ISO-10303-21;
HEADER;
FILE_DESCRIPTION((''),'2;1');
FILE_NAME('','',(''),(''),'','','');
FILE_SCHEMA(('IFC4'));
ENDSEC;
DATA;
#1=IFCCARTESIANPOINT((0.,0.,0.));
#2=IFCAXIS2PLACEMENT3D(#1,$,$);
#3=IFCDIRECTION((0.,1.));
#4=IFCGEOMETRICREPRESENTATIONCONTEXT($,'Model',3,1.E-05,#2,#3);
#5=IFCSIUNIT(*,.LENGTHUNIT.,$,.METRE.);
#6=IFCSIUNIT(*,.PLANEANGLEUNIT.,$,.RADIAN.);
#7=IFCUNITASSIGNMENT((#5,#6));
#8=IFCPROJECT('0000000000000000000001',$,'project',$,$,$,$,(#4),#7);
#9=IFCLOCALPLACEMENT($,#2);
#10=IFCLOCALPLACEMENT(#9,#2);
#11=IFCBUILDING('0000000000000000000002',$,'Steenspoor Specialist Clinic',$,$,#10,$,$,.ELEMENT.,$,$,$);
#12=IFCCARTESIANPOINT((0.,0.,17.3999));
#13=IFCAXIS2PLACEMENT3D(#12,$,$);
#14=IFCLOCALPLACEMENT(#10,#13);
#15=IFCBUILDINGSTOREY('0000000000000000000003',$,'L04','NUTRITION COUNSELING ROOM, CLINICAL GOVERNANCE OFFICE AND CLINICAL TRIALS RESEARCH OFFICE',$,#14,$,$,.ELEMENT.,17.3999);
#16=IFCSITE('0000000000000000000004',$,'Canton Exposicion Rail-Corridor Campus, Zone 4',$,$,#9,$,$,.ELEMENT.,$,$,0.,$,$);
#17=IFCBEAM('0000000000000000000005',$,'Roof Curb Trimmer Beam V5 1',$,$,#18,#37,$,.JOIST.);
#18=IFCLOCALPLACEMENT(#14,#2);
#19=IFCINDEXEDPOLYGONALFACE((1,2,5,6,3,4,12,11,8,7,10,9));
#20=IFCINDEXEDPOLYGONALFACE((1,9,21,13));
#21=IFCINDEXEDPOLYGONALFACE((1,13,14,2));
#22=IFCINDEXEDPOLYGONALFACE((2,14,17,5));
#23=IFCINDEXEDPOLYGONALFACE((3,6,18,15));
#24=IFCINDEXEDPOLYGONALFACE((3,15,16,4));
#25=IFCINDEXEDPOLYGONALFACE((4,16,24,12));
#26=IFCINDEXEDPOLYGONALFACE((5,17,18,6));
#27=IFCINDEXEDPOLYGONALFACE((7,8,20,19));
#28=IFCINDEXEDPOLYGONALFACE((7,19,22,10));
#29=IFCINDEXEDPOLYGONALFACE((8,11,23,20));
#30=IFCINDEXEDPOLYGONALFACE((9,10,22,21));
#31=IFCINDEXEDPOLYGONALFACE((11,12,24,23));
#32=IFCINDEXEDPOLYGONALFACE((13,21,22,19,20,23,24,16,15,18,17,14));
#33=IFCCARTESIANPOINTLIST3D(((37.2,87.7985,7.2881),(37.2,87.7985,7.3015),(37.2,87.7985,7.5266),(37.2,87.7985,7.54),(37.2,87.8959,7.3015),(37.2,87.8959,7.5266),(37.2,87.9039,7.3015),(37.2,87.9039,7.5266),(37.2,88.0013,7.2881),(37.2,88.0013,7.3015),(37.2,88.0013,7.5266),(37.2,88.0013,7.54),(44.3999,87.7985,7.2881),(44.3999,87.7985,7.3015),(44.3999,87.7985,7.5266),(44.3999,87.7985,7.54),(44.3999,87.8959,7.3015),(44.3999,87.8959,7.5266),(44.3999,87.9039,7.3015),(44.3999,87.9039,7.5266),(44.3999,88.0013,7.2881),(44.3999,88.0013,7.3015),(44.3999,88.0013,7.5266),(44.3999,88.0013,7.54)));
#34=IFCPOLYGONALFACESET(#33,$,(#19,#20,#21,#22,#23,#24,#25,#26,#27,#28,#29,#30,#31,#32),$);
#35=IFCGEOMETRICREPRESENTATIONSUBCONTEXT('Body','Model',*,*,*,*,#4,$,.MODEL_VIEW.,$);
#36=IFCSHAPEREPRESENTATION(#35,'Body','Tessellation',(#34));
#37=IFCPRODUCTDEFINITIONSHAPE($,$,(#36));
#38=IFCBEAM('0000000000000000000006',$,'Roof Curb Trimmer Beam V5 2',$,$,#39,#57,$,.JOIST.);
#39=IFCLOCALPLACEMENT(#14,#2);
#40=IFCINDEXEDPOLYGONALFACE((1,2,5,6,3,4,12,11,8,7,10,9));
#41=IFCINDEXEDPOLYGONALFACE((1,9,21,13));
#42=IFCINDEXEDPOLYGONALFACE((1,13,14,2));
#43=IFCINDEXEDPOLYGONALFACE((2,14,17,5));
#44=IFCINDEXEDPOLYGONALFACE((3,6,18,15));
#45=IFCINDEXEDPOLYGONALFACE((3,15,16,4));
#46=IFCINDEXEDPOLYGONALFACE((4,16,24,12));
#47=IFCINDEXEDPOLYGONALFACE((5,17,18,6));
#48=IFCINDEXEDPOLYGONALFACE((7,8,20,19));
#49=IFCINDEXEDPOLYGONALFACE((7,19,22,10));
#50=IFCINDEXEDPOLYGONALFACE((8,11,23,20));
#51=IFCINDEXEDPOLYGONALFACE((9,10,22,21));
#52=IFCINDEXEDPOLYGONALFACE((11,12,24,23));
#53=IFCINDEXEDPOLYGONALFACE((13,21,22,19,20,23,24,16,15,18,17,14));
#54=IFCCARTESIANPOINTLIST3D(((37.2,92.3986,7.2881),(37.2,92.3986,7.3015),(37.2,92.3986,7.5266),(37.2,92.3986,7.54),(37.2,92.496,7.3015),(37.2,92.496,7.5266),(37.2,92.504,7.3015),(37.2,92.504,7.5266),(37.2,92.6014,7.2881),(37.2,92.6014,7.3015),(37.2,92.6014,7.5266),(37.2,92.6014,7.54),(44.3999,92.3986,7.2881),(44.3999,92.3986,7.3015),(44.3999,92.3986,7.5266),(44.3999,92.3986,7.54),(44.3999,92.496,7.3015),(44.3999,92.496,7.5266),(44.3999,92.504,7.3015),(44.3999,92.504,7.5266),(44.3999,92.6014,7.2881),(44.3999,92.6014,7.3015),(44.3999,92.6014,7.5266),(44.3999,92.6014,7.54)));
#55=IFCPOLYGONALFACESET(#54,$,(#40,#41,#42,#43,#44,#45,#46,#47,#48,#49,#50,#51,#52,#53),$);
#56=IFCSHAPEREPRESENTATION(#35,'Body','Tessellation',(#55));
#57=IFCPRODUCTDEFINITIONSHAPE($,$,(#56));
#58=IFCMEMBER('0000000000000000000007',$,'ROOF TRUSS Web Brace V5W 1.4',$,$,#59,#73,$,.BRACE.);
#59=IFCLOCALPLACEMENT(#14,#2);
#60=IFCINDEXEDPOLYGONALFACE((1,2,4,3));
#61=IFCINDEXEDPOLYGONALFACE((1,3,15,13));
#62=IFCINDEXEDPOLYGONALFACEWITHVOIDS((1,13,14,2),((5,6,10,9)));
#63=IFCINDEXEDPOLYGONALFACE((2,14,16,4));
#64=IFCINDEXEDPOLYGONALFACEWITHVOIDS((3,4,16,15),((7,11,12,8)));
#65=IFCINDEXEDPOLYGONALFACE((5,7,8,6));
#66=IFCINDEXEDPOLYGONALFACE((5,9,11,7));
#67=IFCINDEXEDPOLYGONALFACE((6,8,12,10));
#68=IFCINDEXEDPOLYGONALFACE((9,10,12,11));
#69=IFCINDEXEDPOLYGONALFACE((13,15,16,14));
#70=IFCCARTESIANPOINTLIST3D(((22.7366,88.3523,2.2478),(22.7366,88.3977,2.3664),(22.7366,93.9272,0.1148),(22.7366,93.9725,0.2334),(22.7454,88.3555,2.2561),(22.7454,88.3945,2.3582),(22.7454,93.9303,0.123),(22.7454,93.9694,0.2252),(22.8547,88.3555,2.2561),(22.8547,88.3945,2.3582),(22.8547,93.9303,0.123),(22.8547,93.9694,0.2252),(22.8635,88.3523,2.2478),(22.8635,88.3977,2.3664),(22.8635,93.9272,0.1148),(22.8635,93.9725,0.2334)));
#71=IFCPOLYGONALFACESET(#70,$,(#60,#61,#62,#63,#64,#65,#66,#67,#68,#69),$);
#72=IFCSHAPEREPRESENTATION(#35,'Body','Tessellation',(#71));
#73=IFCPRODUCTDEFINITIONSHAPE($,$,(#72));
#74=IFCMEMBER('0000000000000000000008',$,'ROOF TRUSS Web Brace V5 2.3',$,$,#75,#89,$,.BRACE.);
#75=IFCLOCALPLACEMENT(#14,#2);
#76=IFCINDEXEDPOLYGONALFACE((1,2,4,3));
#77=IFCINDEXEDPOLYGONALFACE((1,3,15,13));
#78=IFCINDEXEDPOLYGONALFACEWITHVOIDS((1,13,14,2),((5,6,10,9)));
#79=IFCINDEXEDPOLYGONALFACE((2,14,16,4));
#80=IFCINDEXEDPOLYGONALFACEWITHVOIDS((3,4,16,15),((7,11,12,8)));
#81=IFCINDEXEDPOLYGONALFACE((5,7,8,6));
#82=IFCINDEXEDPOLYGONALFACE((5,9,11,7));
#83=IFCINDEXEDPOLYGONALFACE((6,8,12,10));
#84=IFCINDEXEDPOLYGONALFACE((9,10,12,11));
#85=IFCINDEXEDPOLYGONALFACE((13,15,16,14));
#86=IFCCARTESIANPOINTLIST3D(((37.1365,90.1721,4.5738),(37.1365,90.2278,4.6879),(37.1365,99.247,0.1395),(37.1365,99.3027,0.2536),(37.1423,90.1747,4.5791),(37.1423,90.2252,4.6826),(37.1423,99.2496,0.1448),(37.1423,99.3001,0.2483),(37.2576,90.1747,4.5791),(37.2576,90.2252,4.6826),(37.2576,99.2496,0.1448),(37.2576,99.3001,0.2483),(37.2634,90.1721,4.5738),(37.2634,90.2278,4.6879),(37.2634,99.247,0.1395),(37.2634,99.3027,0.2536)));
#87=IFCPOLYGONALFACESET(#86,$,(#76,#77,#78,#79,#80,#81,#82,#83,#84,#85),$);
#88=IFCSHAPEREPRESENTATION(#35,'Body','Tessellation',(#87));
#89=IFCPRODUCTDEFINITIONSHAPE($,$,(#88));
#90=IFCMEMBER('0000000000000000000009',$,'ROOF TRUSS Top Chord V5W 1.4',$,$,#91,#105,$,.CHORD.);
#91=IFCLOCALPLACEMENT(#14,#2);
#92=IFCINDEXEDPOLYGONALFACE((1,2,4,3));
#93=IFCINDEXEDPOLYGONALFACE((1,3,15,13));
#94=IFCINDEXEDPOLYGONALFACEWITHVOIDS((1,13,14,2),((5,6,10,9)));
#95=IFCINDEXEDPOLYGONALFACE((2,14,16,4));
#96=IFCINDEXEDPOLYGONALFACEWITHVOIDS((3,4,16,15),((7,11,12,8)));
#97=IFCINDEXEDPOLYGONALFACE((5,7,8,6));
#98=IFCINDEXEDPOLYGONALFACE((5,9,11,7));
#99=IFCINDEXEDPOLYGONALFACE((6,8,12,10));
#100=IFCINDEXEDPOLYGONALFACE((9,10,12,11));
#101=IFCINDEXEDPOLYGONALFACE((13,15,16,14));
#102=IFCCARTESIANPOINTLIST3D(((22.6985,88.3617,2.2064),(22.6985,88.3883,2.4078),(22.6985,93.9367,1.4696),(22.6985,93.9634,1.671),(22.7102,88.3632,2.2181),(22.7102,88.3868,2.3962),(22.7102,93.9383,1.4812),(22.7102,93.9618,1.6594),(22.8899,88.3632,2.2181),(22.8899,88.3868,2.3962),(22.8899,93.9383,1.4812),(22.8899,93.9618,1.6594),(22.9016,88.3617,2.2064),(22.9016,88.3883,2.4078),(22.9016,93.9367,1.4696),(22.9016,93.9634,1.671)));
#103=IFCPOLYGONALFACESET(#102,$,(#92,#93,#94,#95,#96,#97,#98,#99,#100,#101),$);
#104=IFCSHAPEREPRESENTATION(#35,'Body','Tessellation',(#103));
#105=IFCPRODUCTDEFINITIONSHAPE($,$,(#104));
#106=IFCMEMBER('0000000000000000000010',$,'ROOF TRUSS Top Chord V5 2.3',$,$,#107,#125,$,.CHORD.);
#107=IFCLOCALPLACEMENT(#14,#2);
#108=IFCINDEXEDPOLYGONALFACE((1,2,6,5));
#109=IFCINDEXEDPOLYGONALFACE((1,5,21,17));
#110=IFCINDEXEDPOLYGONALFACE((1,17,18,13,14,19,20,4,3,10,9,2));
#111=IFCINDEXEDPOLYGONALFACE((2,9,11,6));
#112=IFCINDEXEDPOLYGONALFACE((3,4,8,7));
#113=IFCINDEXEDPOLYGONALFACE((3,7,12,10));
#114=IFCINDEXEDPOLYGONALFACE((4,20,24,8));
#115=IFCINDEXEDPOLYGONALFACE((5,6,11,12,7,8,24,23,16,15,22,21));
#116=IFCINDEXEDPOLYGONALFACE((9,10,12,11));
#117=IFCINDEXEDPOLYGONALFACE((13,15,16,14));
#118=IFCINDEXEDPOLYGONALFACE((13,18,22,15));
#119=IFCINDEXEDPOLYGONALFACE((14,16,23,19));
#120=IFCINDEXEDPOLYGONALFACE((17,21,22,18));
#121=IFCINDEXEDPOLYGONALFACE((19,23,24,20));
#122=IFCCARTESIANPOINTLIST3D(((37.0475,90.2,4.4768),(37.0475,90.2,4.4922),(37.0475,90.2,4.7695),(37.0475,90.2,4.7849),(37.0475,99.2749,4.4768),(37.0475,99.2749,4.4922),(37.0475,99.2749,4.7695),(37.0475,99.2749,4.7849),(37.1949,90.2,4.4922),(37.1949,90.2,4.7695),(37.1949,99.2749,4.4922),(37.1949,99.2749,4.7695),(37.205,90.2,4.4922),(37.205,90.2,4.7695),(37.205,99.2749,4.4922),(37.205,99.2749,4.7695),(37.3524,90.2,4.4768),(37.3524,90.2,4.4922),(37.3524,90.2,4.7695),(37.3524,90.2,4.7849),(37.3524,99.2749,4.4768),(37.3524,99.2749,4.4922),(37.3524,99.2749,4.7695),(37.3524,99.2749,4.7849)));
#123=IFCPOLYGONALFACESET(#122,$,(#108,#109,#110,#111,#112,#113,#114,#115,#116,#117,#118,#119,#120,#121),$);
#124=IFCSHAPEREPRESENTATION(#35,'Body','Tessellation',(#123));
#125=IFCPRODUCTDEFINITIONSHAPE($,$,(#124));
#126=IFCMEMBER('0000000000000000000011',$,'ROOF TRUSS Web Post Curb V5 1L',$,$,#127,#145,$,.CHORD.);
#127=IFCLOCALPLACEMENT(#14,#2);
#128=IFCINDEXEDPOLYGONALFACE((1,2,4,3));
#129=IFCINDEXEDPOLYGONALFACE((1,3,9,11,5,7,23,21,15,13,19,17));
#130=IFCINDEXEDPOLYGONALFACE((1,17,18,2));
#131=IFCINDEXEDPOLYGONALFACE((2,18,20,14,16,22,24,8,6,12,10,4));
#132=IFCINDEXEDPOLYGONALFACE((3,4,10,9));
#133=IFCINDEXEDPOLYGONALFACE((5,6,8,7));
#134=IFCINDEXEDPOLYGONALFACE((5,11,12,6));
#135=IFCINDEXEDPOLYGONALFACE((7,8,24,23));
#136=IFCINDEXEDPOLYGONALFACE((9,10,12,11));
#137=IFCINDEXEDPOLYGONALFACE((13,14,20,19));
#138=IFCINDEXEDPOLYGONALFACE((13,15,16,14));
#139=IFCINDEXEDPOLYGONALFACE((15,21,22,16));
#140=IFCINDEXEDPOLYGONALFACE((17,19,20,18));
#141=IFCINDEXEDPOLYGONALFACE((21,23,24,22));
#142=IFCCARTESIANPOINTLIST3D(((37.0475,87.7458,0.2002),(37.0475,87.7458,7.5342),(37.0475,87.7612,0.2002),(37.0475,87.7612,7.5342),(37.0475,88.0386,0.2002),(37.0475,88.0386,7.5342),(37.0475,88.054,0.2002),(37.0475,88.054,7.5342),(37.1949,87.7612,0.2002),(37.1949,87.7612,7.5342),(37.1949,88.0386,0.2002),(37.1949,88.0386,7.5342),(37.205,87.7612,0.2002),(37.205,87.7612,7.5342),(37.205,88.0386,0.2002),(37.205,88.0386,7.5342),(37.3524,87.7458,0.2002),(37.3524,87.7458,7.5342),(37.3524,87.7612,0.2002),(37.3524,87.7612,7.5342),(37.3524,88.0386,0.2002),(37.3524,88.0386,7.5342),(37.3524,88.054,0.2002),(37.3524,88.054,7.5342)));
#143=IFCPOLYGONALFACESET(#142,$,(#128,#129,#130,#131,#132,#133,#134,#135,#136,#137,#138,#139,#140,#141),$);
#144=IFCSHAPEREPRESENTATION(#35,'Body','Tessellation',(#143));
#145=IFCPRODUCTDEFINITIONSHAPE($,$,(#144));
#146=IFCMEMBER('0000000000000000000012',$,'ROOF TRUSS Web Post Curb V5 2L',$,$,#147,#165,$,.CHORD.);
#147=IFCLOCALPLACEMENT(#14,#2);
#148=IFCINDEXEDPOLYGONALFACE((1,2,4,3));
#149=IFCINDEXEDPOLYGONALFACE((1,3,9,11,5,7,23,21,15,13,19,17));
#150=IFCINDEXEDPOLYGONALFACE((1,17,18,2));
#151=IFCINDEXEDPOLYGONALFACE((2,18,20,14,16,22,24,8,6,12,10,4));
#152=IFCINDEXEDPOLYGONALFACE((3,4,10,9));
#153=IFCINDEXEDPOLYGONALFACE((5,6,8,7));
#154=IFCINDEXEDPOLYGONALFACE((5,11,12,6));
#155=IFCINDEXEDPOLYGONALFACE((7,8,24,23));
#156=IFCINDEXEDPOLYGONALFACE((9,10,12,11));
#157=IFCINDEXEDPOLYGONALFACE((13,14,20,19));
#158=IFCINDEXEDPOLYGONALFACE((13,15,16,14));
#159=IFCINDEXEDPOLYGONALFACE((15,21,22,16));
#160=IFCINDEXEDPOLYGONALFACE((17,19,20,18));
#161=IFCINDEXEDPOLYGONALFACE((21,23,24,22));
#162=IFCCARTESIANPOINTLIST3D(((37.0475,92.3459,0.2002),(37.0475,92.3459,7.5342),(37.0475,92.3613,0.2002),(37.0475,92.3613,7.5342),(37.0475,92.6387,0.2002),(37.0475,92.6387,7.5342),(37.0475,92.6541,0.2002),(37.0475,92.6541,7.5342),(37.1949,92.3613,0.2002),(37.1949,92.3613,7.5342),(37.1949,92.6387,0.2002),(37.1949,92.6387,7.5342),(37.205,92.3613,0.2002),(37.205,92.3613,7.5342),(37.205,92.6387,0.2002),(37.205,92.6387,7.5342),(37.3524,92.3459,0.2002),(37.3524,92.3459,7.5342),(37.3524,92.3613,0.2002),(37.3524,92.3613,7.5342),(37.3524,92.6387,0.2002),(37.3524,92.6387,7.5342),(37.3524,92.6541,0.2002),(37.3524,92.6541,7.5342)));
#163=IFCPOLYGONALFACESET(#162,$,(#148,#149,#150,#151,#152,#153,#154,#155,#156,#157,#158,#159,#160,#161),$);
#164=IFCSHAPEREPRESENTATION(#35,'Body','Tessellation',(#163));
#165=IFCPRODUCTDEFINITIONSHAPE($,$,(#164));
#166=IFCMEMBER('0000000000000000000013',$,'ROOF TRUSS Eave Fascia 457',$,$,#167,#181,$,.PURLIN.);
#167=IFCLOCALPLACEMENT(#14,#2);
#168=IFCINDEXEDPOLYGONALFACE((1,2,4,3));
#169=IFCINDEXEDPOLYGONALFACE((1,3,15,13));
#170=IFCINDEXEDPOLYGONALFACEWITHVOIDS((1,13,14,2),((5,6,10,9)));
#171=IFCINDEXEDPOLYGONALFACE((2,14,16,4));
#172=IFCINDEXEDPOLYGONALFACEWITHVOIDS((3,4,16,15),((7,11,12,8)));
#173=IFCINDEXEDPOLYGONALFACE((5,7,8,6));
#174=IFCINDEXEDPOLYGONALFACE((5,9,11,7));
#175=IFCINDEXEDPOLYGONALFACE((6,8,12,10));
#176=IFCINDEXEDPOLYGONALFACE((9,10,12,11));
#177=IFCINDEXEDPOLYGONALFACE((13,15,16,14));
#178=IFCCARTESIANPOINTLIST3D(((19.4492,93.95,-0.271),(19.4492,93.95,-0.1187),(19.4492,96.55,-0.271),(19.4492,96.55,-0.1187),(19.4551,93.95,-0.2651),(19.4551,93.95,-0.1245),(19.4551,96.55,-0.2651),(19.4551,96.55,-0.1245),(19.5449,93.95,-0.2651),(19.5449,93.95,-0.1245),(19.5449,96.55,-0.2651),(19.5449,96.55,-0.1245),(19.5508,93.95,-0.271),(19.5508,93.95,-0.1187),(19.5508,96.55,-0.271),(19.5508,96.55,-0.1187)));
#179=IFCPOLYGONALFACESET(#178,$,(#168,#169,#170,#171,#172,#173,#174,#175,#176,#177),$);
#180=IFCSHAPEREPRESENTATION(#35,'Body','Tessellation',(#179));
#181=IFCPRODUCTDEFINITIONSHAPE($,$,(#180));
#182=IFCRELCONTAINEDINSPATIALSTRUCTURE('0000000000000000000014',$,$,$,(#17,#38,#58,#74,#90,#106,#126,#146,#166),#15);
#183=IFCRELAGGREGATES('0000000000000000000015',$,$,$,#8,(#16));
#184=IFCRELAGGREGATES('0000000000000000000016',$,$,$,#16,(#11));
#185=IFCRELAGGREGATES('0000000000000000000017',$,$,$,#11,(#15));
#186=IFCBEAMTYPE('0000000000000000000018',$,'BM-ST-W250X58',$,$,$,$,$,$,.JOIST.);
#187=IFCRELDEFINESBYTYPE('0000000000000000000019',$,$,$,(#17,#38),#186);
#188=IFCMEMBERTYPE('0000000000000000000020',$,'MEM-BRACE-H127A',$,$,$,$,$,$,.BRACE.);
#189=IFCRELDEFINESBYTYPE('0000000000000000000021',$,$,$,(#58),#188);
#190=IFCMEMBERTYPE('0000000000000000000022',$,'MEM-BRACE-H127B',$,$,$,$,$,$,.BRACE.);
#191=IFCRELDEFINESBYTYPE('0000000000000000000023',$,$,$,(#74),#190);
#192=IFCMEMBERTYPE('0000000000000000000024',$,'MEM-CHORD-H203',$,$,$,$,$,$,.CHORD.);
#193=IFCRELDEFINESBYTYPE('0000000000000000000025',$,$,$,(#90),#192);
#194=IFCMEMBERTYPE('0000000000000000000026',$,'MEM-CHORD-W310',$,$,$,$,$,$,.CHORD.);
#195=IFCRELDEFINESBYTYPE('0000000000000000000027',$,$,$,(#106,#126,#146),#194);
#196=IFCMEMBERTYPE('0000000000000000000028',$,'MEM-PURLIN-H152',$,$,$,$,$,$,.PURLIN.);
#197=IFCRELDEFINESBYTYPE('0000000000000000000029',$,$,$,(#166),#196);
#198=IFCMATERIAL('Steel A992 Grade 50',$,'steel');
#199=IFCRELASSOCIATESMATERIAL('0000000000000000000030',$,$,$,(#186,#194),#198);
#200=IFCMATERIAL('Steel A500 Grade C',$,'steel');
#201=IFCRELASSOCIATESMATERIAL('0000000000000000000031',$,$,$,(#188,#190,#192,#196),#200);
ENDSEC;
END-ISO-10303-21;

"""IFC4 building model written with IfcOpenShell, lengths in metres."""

from ifc_helpers import new_model, si_unit, direction, frame, origin, origin_2d, place, context, subcontext, project, spatial, hollow_rectangle, i_section, extrude, material, material_profile, profile_set, type_object, element, save


model = new_model("IFC4")

# Units and contexts
model_context = context("Model", 3, precision=1e-05, world=origin(), true_north=direction((0.0, 1.0)))
body_context = subcontext(model_context, "Body", "Model", "MODEL_VIEW")
ifc_project = project(units=[si_unit("LENGTHUNIT", "METRE"), si_unit("PLANEANGLEUNIT", "RADIAN")], contexts=[model_context])

# Site, building, storey
site_placement = place(None, origin())
site = spatial("IfcSite", under=ifc_project, at=site_placement, Name="Canton Exposicion Rail-Corridor Campus, Zone 4", CompositionType="ELEMENT", RefElevation=0.0)
building_placement = place(site_placement, origin())
building = spatial("IfcBuilding", under=site, at=building_placement, Name="Steenspoor Specialist Clinic", CompositionType="ELEMENT")
storey_placement = place(building_placement, frame((0.0, 0.0, 17.3999)))
storey = spatial("IfcBuildingStorey", under=building, at=storey_placement, Name="L04", Description="NUTRITION COUNSELING ROOM, CLINICAL GOVERNANCE OFFICE AND CLINICAL TRIALS RESEARCH OFFICE", CompositionType="ELEMENT", Elevation=17.3999)

# Beams
ifc_material_1 = material(Name="Steel A992 Grade 50", Category="steel")
ifc_material_profile_1 = material_profile(ifc_material_1, i_section(OverallWidth=0.2029, OverallDepth=0.252, WebThickness=0.0081, FlangeThickness=0.0134, at=origin_2d()), Name="W250X58")
ifc_profile_set_1 = profile_set([ifc_material_profile_1], Name="Steel A992 Grade 50")
beam_type = type_object("IfcBeamType", Name="BM-ST-W250X58", PredefinedType="JOIST", material=ifc_profile_set_1)
for number, where, z_axis, x_axis, name in (
    (1, (37.2, 87.8999, 7.4141), (1.0, 0.0, 0.0), (0.0, 1.0, 0.0), "Roof Curb Trimmer Beam V5 1"),
    (2, (37.2, 92.5, 7.4141), (1.0, 0.0, 0.0), (0.0, 1.0, 0.0), "Roof Curb Trimmer Beam V5 2"),
):
    element("IfcBeam", number, at=place(storey_placement, frame(where, z_axis=z_axis, x_axis=x_axis)), inside=storey, type_object=beam_type, Name=name, PredefinedType="JOIST", context=body_context, shape_type="SweptSolid", body=[
        extrude(i_section(OverallWidth=0.2029, OverallDepth=0.252, WebThickness=0.0081, FlangeThickness=0.0134, at=origin_2d()), origin(), (0.0, 0.0, 1.0), 7.2),
    ])

# Members
ifc_material_2 = material(Name="Steel A500 Grade C", Category="steel")
ifc_material_profile_2 = material_profile(ifc_material_2, hollow_rectangle(XDim=0.127, YDim=0.127, WallThickness=0.0088, at=origin_2d()), Name="HSS127X127X9.5")
ifc_profile_set_2 = profile_set([ifc_material_profile_2], Name="Steel A500 Grade C")
member_type_1 = type_object("IfcMemberType", Name="MEM-BRACE-H127A", PredefinedType="BRACE", material=ifc_profile_set_2)
member_1_placement = place(storey_placement, frame((22.8, 88.375, 2.3071), z_axis=(0.0, 0.93397, -0.357351), x_axis=(-1.0, 0.0, 0.0)))
element("IfcMember", 3, at=member_1_placement, inside=storey, type_object=member_type_1, Name="ROOF TRUSS Web Brace V5W 1.4", PredefinedType="BRACE", context=body_context, shape_type="SweptSolid", body=[
    extrude(hollow_rectangle(XDim=0.127, YDim=0.127, WallThickness=0.0088, at=origin_2d()), origin(), (0.0, 0.0, 1.0), 5.969),
])
ifc_material_profile_3 = material_profile(ifc_material_2, hollow_rectangle(XDim=0.127, YDim=0.127, WallThickness=0.0059, at=origin_2d()), Name="HSS127X127X6.4")
ifc_profile_set_3 = profile_set([ifc_material_profile_3], Name="Steel A500 Grade C")
member_type_2 = type_object("IfcMemberType", Name="MEM-BRACE-H127B", PredefinedType="BRACE", material=ifc_profile_set_3)
member_2_placement = place(storey_placement, frame((37.2, 90.2, 4.6309), z_axis=(0.0, 0.898475, -0.439025), x_axis=(-1.0, 0.0, 0.0)))
element("IfcMember", 4, at=member_2_placement, inside=storey, type_object=member_type_2, Name="ROOF TRUSS Web Brace V5 2.3", PredefinedType="BRACE", context=body_context, shape_type="SweptSolid", body=[
    extrude(hollow_rectangle(XDim=0.127, YDim=0.127, WallThickness=0.0059, at=origin_2d()), origin(), (0.0, 0.0, 1.0), 10.1003),
])
ifc_material_profile_4 = material_profile(ifc_material_2, hollow_rectangle(XDim=0.2031, YDim=0.2031, WallThickness=0.0117, at=origin_2d()), Name="HSS203X203X12.7")
ifc_profile_set_4 = profile_set([ifc_material_profile_4], Name="Steel A500 Grade C")
member_type_3 = type_object("IfcMemberType", Name="MEM-CHORD-H203", PredefinedType="CHORD", material=ifc_profile_set_4)
member_3_placement = place(storey_placement, frame((22.8, 88.375, 2.3071), z_axis=(0.0, 0.991379, -0.131026), x_axis=(-1.0, 0.0, 0.0)))
element("IfcMember", 5, at=member_3_placement, inside=storey, type_object=member_type_3, Name="ROOF TRUSS Top Chord V5W 1.4", PredefinedType="CHORD", context=body_context, shape_type="SweptSolid", body=[
    extrude(hollow_rectangle(XDim=0.2031, YDim=0.2031, WallThickness=0.0117, at=origin_2d()), origin(), (0.0, 0.0, 1.0), 5.6235),
])
ifc_material_profile_5 = material_profile(ifc_material_1, i_section(OverallWidth=0.3049, OverallDepth=0.3081, WebThickness=0.01, FlangeThickness=0.0154, at=origin_2d()), Name="W310X97")
ifc_profile_set_5 = profile_set([ifc_material_profile_5], Name="Steel A992 Grade 50")
member_type_4 = type_object("IfcMemberType", Name="MEM-CHORD-W310", PredefinedType="CHORD", material=ifc_profile_set_5)
member_4_placement = place(storey_placement, frame((37.2, 90.2, 4.6309), z_axis=(0.0, 1.0, 0.0), x_axis=(-1.0, 0.0, 0.0)))
element("IfcMember", 6, at=member_4_placement, inside=storey, type_object=member_type_4, Name="ROOF TRUSS Top Chord V5 2.3", PredefinedType="CHORD", context=body_context, shape_type="SweptSolid", body=[
    extrude(i_section(OverallWidth=0.3049, OverallDepth=0.3081, WebThickness=0.01, FlangeThickness=0.0154, at=origin_2d()), origin(), (0.0, 0.0, 1.0), 9.075),
])
for number, where, z_axis, x_axis, name in (
    (7, (37.2, 87.8999, 0.2002), (0.0, 0.0, 1.0), (1.0, 0.0, 0.0), "ROOF TRUSS Web Post Curb V5 1L"),
    (8, (37.2, 92.5, 0.2002), (0.0, 0.0, 1.0), (1.0, 0.0, 0.0), "ROOF TRUSS Web Post Curb V5 2L"),
):
    element("IfcMember", number, at=place(storey_placement, frame(where, z_axis=z_axis, x_axis=x_axis)), inside=storey, type_object=member_type_4, Name=name, PredefinedType="CHORD", context=body_context, shape_type="SweptSolid", body=[
        extrude(i_section(OverallWidth=0.3049, OverallDepth=0.3081, WebThickness=0.01, FlangeThickness=0.0154, at=origin_2d()), origin(), (0.0, 0.0, 1.0), 7.334),
    ])
ifc_material_profile_6 = material_profile(ifc_material_2, hollow_rectangle(XDim=0.1016, YDim=0.1523, WallThickness=0.0059, at=origin_2d()), Name="HSS152X102X6.4")
ifc_profile_set_6 = profile_set([ifc_material_profile_6], Name="Steel A500 Grade C")
member_type_5 = type_object("IfcMemberType", Name="MEM-PURLIN-H152", PredefinedType="PURLIN", material=ifc_profile_set_6)
member_5_placement = place(storey_placement, frame((19.5, 93.95, -0.1948), z_axis=(0.0, 1.0, 0.0), x_axis=(-1.0, 0.0, 0.0)))
element("IfcMember", 9, at=member_5_placement, inside=storey, type_object=member_type_5, Name="ROOF TRUSS Eave Fascia 457", PredefinedType="PURLIN", context=body_context, shape_type="SweptSolid", body=[
    extrude(hollow_rectangle(XDim=0.1016, YDim=0.1523, WallThickness=0.0059, at=origin_2d()), origin(), (0.0, 0.0, 1.0), 2.6001),
])

save(model, "model.ifc")
